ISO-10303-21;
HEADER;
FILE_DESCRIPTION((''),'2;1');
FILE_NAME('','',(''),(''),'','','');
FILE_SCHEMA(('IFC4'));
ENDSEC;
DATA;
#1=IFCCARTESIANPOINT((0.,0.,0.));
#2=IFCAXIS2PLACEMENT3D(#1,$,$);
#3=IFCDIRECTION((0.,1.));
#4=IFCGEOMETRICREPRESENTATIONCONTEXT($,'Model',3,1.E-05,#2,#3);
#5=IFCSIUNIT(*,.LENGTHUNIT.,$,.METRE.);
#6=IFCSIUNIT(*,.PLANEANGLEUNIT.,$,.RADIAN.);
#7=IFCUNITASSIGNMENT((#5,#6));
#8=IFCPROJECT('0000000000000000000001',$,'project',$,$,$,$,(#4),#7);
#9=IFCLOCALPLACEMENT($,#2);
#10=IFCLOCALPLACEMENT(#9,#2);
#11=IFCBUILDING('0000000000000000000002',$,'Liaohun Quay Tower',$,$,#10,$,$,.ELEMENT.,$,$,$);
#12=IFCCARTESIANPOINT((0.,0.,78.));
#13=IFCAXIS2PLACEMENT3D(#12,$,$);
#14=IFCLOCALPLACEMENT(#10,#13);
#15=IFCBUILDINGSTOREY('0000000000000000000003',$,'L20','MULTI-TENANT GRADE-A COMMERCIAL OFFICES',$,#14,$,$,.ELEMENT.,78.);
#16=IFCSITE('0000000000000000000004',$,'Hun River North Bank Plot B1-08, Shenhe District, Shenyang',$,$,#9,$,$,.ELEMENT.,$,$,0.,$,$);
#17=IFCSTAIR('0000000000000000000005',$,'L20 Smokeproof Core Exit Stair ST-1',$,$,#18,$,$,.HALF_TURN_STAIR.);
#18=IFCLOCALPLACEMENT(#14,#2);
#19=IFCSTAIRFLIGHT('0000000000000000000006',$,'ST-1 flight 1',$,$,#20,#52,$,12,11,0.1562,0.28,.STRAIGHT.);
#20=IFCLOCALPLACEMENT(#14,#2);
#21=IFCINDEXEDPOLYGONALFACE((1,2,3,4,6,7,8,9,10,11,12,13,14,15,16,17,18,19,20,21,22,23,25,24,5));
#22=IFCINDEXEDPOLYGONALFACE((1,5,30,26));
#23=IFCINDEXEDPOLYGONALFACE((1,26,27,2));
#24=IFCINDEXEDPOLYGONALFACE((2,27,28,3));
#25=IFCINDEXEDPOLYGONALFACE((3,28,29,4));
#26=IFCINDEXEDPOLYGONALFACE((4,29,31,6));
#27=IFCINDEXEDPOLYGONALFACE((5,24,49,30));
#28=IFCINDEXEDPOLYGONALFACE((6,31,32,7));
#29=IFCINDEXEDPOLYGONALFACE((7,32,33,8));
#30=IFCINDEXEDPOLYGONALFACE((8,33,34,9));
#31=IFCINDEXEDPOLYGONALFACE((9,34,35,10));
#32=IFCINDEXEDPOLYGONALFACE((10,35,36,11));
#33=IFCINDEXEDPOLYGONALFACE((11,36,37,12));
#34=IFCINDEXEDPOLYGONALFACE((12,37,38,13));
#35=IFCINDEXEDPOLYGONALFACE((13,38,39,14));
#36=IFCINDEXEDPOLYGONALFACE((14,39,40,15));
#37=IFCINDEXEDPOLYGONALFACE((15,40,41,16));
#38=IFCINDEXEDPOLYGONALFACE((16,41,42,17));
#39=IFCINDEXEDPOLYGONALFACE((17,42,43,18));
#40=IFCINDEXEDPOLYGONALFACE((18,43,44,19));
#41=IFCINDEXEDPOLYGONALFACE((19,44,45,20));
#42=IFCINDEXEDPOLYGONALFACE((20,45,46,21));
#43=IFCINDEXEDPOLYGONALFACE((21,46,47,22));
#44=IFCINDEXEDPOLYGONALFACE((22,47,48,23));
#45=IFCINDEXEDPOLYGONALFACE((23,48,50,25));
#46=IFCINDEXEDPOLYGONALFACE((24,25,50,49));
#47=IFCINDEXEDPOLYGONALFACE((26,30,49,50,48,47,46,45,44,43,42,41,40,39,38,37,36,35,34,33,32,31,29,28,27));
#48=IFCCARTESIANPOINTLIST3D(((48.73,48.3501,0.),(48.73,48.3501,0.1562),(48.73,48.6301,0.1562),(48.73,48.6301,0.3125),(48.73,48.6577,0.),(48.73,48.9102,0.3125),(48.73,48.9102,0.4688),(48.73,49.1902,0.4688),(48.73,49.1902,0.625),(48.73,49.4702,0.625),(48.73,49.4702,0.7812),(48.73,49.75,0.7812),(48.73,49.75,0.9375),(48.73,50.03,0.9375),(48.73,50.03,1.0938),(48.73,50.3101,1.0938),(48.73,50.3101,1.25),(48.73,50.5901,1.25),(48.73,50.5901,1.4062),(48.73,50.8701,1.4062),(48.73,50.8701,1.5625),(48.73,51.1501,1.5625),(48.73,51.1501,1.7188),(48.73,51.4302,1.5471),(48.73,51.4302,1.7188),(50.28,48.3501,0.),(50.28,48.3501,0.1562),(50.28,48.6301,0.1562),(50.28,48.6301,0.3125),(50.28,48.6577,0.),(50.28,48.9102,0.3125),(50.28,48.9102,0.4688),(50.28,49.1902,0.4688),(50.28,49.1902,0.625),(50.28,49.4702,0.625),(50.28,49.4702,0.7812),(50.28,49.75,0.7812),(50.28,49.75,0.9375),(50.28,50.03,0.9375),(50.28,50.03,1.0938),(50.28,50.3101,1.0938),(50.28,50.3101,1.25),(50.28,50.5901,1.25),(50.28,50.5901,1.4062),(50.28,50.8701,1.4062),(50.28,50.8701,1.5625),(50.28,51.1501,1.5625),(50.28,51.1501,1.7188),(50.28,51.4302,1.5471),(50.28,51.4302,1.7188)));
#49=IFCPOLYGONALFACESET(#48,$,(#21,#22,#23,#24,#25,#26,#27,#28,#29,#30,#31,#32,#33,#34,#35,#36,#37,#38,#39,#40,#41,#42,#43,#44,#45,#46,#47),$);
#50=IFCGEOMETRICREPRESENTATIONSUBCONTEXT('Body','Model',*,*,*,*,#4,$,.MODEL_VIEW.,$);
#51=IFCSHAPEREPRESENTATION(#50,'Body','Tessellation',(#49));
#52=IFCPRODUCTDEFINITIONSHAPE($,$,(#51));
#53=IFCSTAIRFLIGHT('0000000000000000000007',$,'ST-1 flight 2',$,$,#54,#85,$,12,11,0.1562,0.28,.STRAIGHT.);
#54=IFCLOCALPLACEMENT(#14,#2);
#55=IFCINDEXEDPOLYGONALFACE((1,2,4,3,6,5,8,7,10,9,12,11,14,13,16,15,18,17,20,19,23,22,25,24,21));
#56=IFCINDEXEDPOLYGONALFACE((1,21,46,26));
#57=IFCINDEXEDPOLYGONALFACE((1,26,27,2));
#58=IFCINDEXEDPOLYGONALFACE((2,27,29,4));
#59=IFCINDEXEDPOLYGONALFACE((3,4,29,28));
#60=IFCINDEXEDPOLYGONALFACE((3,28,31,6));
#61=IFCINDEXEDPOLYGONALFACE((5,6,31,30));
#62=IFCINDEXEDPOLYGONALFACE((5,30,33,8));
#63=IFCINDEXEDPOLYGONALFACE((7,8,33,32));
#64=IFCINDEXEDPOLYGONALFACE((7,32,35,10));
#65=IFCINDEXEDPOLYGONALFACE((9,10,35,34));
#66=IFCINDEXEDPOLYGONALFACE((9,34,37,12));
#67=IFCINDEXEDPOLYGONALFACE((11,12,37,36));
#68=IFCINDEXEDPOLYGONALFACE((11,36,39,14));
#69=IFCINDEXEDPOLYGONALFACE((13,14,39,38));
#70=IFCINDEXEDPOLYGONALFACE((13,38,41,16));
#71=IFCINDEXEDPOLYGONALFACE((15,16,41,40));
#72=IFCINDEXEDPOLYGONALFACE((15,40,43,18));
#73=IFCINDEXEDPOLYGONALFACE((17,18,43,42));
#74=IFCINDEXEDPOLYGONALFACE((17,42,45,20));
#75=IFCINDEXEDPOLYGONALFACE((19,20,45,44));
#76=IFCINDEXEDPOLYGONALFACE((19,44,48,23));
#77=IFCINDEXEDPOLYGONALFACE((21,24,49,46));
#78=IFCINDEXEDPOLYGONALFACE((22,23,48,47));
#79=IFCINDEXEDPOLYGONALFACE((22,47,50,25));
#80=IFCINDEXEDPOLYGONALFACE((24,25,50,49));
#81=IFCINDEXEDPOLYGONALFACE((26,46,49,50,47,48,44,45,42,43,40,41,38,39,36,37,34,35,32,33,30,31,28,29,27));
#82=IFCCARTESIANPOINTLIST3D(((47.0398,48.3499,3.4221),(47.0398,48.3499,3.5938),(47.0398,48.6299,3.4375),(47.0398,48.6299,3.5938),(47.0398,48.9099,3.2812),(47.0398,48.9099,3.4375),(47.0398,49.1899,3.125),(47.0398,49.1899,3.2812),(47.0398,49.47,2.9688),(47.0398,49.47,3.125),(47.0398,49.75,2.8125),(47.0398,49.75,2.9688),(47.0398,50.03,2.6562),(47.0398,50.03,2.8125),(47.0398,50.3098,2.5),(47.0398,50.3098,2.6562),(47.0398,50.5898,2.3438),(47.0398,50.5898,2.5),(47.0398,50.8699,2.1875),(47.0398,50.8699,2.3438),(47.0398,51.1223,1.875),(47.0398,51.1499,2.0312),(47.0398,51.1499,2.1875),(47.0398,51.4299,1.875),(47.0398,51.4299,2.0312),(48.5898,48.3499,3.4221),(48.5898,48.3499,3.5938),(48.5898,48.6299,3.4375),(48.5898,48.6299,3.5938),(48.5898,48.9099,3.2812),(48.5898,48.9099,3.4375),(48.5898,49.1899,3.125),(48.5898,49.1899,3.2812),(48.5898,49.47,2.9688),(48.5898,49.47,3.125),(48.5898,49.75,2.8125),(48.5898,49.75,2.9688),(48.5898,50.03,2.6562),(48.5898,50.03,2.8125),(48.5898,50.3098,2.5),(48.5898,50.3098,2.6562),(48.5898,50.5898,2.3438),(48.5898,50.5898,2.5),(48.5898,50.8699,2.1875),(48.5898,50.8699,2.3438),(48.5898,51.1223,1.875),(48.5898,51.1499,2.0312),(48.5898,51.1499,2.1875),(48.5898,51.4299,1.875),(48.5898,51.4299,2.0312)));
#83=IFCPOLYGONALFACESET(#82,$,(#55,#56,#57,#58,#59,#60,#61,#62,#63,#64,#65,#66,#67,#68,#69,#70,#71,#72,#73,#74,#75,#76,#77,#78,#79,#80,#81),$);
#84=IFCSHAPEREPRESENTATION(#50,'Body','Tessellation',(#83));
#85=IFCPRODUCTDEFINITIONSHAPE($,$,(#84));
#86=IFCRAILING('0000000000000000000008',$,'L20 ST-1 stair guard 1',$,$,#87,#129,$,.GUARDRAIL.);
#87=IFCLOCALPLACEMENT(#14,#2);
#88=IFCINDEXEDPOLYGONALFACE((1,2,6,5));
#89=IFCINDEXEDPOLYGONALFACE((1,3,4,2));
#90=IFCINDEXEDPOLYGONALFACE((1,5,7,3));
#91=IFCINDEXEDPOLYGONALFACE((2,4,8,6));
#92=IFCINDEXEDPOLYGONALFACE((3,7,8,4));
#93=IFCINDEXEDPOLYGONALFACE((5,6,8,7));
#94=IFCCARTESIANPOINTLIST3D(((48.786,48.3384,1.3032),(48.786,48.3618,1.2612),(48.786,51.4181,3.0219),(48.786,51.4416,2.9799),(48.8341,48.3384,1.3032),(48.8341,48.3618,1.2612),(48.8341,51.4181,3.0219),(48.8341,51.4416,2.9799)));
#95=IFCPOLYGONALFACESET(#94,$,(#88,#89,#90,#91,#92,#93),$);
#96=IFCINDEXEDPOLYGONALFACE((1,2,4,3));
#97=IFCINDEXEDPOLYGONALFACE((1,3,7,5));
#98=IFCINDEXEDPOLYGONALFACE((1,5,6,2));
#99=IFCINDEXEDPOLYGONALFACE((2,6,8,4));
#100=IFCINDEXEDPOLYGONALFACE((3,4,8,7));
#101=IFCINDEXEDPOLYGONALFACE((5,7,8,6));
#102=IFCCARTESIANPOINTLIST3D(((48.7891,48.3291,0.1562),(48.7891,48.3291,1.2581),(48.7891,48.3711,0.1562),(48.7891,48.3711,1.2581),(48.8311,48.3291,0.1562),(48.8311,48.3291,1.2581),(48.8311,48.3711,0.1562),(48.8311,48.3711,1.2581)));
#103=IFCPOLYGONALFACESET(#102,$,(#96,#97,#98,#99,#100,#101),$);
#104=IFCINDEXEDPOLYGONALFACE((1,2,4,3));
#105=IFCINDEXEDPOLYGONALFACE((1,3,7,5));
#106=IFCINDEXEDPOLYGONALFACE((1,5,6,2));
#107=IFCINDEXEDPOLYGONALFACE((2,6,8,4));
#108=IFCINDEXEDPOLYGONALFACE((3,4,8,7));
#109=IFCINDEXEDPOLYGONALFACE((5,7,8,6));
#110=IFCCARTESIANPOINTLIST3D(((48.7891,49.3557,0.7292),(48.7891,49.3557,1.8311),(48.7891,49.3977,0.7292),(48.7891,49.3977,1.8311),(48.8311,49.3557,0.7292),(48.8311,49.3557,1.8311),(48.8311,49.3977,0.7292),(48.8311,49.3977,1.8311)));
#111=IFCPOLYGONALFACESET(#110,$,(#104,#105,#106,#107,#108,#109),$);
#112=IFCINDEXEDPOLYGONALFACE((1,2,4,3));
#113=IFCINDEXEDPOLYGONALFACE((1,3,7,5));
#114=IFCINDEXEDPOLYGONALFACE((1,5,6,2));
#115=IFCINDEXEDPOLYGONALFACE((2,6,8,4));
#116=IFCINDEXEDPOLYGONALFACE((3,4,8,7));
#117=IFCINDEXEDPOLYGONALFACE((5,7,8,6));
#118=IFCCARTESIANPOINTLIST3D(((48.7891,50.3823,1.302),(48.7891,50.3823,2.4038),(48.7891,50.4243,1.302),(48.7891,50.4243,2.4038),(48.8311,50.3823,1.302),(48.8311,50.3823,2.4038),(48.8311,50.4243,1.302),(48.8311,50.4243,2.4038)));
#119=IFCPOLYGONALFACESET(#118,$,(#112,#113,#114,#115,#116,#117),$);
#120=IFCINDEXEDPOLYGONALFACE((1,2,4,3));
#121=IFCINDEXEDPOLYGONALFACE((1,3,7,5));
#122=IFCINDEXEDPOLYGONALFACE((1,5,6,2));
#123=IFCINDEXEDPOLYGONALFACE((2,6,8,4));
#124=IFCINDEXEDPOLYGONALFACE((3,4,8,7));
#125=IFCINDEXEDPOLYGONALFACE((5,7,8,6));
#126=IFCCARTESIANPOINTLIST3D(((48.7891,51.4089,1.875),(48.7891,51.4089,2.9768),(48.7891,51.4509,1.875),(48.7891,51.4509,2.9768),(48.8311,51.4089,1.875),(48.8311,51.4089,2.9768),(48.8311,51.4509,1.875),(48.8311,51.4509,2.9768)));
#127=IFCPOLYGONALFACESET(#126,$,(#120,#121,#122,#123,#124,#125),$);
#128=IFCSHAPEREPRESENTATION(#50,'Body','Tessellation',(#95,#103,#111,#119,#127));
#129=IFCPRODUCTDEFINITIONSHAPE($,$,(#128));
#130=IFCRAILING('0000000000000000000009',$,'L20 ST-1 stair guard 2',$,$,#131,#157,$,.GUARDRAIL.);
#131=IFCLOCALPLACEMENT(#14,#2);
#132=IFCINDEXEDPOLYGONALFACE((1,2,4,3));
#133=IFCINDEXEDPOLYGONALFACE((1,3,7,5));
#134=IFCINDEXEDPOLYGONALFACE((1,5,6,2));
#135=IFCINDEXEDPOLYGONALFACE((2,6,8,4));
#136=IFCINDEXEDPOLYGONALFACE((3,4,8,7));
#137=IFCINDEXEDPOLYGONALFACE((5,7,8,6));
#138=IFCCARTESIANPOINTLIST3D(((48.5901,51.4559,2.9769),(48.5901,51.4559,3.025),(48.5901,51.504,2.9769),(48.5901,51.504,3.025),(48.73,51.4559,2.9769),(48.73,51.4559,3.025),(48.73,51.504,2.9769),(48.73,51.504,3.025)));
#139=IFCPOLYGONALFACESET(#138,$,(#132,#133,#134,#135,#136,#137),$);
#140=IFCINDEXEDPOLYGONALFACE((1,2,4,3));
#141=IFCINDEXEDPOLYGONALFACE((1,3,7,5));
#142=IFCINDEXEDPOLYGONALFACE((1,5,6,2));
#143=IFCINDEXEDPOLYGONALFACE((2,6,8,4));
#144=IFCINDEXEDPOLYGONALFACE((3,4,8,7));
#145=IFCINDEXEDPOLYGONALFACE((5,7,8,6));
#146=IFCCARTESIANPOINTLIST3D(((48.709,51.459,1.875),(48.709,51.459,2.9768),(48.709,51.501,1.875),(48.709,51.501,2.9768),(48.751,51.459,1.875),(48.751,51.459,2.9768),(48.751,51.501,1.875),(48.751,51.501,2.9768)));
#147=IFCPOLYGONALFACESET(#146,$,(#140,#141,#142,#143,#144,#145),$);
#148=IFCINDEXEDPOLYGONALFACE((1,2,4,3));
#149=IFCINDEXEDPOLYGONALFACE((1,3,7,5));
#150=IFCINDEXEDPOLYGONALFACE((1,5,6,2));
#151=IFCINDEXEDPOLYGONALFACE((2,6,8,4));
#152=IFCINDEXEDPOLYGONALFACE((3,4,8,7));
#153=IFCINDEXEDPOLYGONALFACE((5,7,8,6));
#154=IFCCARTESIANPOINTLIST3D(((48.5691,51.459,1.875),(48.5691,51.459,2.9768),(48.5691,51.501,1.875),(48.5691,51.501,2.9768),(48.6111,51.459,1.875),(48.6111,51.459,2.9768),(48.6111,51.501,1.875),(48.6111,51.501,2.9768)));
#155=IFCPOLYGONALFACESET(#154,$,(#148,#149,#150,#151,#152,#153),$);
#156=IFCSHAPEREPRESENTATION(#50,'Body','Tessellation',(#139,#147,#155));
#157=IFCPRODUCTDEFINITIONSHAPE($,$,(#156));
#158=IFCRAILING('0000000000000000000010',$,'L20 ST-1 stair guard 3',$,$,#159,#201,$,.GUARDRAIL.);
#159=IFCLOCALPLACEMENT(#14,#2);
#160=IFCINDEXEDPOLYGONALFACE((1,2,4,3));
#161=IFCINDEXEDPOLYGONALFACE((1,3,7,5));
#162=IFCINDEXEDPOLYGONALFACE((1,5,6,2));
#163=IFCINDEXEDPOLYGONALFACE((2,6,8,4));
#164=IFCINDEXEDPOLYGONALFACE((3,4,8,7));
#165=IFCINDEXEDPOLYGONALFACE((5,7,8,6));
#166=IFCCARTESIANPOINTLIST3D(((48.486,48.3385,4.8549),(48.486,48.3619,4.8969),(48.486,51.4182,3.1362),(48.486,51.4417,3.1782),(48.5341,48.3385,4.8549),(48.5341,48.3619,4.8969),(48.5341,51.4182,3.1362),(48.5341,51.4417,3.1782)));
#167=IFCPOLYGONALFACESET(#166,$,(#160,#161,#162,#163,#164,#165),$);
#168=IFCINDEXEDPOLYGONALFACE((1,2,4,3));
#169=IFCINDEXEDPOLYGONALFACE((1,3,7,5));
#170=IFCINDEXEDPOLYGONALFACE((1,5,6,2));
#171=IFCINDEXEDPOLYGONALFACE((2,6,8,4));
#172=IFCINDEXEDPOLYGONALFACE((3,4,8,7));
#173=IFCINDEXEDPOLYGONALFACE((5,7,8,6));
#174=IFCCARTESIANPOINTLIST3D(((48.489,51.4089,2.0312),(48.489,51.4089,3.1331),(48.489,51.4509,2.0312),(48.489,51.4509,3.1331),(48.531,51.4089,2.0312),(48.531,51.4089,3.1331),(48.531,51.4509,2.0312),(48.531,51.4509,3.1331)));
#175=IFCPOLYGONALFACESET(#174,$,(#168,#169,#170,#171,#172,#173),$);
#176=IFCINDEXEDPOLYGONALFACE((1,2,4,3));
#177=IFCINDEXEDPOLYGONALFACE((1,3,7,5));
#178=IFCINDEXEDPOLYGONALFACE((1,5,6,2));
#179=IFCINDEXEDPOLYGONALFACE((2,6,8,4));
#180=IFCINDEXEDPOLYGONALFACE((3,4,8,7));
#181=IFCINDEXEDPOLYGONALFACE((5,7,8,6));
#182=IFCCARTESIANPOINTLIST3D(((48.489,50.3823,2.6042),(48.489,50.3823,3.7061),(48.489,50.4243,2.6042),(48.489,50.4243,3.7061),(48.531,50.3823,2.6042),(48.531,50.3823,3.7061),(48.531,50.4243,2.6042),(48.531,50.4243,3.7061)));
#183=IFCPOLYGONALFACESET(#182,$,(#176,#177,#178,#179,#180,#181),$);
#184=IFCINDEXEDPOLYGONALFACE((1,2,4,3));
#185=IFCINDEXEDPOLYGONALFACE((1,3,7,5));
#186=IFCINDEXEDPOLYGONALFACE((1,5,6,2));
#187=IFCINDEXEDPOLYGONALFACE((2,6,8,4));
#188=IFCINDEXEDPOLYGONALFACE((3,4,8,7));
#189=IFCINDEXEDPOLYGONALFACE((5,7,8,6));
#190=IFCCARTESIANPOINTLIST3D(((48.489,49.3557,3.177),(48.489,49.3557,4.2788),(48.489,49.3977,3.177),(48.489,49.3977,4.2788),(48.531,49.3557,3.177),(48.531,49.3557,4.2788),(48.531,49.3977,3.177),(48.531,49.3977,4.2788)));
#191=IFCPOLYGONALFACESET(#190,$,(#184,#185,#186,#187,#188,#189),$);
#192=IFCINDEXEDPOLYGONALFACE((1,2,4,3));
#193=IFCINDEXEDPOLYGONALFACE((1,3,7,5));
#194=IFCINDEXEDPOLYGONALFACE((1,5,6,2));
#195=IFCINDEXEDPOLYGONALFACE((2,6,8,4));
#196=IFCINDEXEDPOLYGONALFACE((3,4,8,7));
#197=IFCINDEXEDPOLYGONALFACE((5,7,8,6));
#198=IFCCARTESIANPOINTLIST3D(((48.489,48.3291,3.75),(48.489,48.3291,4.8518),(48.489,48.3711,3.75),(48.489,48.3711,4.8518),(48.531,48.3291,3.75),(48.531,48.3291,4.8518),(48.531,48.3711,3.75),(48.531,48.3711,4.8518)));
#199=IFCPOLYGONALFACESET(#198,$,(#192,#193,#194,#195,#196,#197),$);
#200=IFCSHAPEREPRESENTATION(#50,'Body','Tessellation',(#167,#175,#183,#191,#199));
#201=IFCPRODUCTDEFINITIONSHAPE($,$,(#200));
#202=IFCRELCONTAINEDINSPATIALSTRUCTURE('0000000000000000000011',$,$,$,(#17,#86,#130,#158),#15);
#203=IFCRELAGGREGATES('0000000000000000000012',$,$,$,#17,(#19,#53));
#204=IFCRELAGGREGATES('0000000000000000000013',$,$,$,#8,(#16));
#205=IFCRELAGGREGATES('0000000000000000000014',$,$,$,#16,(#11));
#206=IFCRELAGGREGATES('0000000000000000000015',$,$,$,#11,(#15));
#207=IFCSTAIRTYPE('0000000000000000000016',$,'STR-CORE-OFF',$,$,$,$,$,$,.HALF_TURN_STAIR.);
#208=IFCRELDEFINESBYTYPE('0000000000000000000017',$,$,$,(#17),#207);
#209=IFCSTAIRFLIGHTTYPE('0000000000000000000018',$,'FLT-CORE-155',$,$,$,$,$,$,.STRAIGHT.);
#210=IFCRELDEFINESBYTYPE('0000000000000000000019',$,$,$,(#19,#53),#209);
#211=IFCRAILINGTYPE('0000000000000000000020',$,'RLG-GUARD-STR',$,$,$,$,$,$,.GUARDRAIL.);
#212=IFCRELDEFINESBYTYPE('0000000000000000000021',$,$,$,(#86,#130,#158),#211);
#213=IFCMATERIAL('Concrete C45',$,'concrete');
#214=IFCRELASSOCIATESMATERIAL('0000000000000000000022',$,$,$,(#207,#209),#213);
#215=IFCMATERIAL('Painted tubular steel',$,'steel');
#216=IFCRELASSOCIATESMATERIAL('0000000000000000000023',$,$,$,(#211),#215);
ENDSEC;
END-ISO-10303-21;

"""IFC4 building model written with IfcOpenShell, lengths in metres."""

from ifc_helpers import new_model, si_unit, direction, frame, origin, origin_2d, place, context, subcontext, project, spatial, polyline, rectangle, outline, extrude, material, type_object, element, aggregate, save


model = new_model("IFC4")

# Units and contexts
model_context = context("Model", 3, precision=1e-05, world=origin(), true_north=direction((0.0, 1.0)))
body_context = subcontext(model_context, "Body", "Model", "MODEL_VIEW")
ifc_project = project(units=[si_unit("LENGTHUNIT", "METRE"), si_unit("PLANEANGLEUNIT", "RADIAN")], contexts=[model_context])

# Site, building, storey
site_placement = place(None, origin())
site = spatial("IfcSite", under=ifc_project, at=site_placement, Name="Hun River North Bank Plot B1-08, Shenhe District, Shenyang", CompositionType="ELEMENT", RefElevation=0.0)
building_placement = place(site_placement, origin())
building = spatial("IfcBuilding", under=site, at=building_placement, Name="Liaohun Quay Tower", CompositionType="ELEMENT")
storey_placement = place(building_placement, frame((0.0, 0.0, 78.0)))
storey = spatial("IfcBuildingStorey", under=building, at=storey_placement, Name="L20", Description="MULTI-TENANT GRADE-A COMMERCIAL OFFICES", CompositionType="ELEMENT", Elevation=78.0)

# Stair, stair flights
ifc_material_1 = material(Name="Concrete C45", Category="concrete")
stair_type = type_object("IfcStairType", Name="STR-CORE-OFF", PredefinedType="HALF_TURN_STAIR", material=ifc_material_1)
stair_placement = place(storey_placement, origin())
stair = element("IfcStair", 1, at=stair_placement, inside=storey, type_object=stair_type, Name="L20 Smokeproof Core Exit Stair ST-1", PredefinedType="HALF_TURN_STAIR")
stair_flight_type = type_object("IfcStairFlightType", Name="FLT-CORE-155", PredefinedType="STRAIGHT", material=ifc_material_1)
stair_flight_1_placement = place(storey_placement, frame((49.5049, 48.3501, 0.0), z_axis=(0.0, 0.0, 1.0), x_axis=(0.0, 1.0, 0.0)))
stair_flight_1 = element("IfcStairFlight", 2, at=stair_flight_1_placement, type_object=stair_flight_type, Name="ST-1 flight 1", NumberOfRisers=12, NumberOfTreads=11, PredefinedType="STRAIGHT", RiserHeight=0.1562, TreadLength=0.28, context=body_context, shape_type="SweptSolid", body=[
    extrude(outline(polyline([(0.0, 0.0), (0.0, 0.1562), (0.28, 0.1562), (0.28, 0.3125), (0.5601, 0.3125), (0.5601, 0.4688), (0.8401, 0.4688), (0.8401, 0.625), (1.1201, 0.625), (1.1201, 0.7812), (1.3999, 0.7812), (1.3999, 0.9375), (1.6799, 0.9375), (1.6799, 1.0938), (1.96, 1.0938), (1.96, 1.25), (2.24, 1.25), (2.24, 1.4062), (2.52, 1.4062), (2.52, 1.5625), (2.8, 1.5625), (2.8, 1.7188), (3.0801, 1.7188), (3.0801, 1.875), (3.0801, 1.5471), (0.3076, 0.0), (0.0, 0.0)])), frame((0.0, 0.7749, 0.0), z_axis=(0.0, -1.0, 0.0), x_axis=(1.0, 0.0, 0.0)), (0.0, 0.0, 1.0), 1.55),
])
stair_flight_2_placement = place(storey_placement, frame((47.8149, 51.4299, 1.875), z_axis=(0.0, 0.0, 1.0), x_axis=(0.0, -1.0, 0.0)))
stair_flight_2 = element("IfcStairFlight", 3, at=stair_flight_2_placement, type_object=stair_flight_type, Name="ST-1 flight 2", NumberOfRisers=12, NumberOfTreads=11, PredefinedType="STRAIGHT", RiserHeight=0.1562, TreadLength=0.28, context=body_context, shape_type="SweptSolid", body=[
    extrude(outline(polyline([(0.0, 0.0), (0.0, 0.1562), (0.28, 0.1562), (0.28, 0.3125), (0.5601, 0.3125), (0.5601, 0.4688), (0.8401, 0.4688), (0.8401, 0.625), (1.1201, 0.625), (1.1201, 0.7812), (1.3999, 0.7812), (1.3999, 0.9375), (1.6799, 0.9375), (1.6799, 1.0938), (1.96, 1.0938), (1.96, 1.25), (2.24, 1.25), (2.24, 1.4062), (2.52, 1.4062), (2.52, 1.5625), (2.8, 1.5625), (2.8, 1.7188), (3.0801, 1.7188), (3.0801, 1.875), (3.0801, 1.5471), (0.3076, 0.0), (0.0, 0.0)])), frame((0.0, 0.7749, 0.0), z_axis=(0.0, -1.0, 0.0), x_axis=(1.0, 0.0, 0.0)), (0.0, 0.0, 1.0), 1.55),
])
aggregate(stair, [stair_flight_1, stair_flight_2])

# Railings
ifc_material_2 = material(Name="Painted tubular steel", Category="steel")
railing_type_1 = type_object("IfcRailingType", Name="RLG-GUARD-STR", PredefinedType="GUARDRAIL", material=ifc_material_2)
railing_1_placement = place(storey_placement, frame((48.8101, 48.3501, 0.1562)))
element("IfcRailing", 4, at=railing_1_placement, inside=storey, type_object=railing_type_1, Name="L20 ST-1 stair guard 1", PredefinedType="GUARDRAIL", context=body_context, shape_type="SweptSolid", body=[
    extrude(rectangle(XDim=0.0481, YDim=0.0481, at=origin_2d()), frame((0.0, 0.0, 1.126), z_axis=(0.0, 0.873225, 0.487317), x_axis=(-1.0, 0.0, 0.0)), (0.0, 0.0, 1.0), 3.5269),
    extrude(rectangle(XDim=0.042, YDim=0.042, at=origin_2d()), origin(), (0.0, 0.0, 1.0), 1.1018),
    extrude(rectangle(XDim=0.042, YDim=0.042, at=origin_2d()), frame((0.0, 1.0266, 0.573)), (0.0, 0.0, 1.0), 1.1018),
    extrude(rectangle(XDim=0.042, YDim=0.042, at=origin_2d()), frame((0.0, 2.0532, 1.1458)), (0.0, 0.0, 1.0), 1.1018),
    extrude(rectangle(XDim=0.042, YDim=0.042, at=origin_2d()), frame((0.0, 3.0798, 1.7188)), (0.0, 0.0, 1.0), 1.1018),
])
railing_2_placement = place(storey_placement, frame((48.73, 51.48, 1.875)))
element("IfcRailing", 5, at=railing_2_placement, inside=storey, type_object=railing_type_1, Name="L20 ST-1 stair guard 2", PredefinedType="GUARDRAIL", context=body_context, shape_type="SweptSolid", body=[
    extrude(rectangle(XDim=0.0481, YDim=0.0481, at=origin_2d()), frame((0.0, 0.0, 1.126), z_axis=(-1.0, 0.0, 0.0), x_axis=(0.0, -1.0, 0.0)), (0.0, 0.0, 1.0), 0.1399),
    extrude(rectangle(XDim=0.042, YDim=0.042, at=origin_2d()), origin(), (0.0, 0.0, 1.0), 1.1018),
    extrude(rectangle(XDim=0.042, YDim=0.042, at=origin_2d()), frame((-0.1399, 0.0, 0.0)), (0.0, 0.0, 1.0), 1.1018),
])
railing_3_placement = place(storey_placement, frame((48.51, 51.4299, 2.0312)))
element("IfcRailing", 6, at=railing_3_placement, inside=storey, type_object=railing_type_1, Name="L20 ST-1 stair guard 3", PredefinedType="GUARDRAIL", context=body_context, shape_type="SweptSolid", body=[
    extrude(rectangle(XDim=0.0481, YDim=0.0481, at=origin_2d()), frame((0.0, 0.0, 1.126), z_axis=(0.0, -0.873225, 0.487317), x_axis=(1.0, 0.0, 0.0)), (0.0, 0.0, 1.0), 3.5269),
    extrude(rectangle(XDim=0.042, YDim=0.042, at=origin_2d()), origin(), (0.0, 0.0, 1.0), 1.1018),
    extrude(rectangle(XDim=0.042, YDim=0.042, at=origin_2d()), frame((0.0, -1.0266, 0.573)), (0.0, 0.0, 1.0), 1.1018),
    extrude(rectangle(XDim=0.042, YDim=0.042, at=origin_2d()), frame((0.0, -2.0532, 1.1458)), (0.0, 0.0, 1.0), 1.1018),
    extrude(rectangle(XDim=0.042, YDim=0.042, at=origin_2d()), frame((0.0, -3.0798, 1.7188)), (0.0, 0.0, 1.0), 1.1018),
])

save(model, "model.ifc")
